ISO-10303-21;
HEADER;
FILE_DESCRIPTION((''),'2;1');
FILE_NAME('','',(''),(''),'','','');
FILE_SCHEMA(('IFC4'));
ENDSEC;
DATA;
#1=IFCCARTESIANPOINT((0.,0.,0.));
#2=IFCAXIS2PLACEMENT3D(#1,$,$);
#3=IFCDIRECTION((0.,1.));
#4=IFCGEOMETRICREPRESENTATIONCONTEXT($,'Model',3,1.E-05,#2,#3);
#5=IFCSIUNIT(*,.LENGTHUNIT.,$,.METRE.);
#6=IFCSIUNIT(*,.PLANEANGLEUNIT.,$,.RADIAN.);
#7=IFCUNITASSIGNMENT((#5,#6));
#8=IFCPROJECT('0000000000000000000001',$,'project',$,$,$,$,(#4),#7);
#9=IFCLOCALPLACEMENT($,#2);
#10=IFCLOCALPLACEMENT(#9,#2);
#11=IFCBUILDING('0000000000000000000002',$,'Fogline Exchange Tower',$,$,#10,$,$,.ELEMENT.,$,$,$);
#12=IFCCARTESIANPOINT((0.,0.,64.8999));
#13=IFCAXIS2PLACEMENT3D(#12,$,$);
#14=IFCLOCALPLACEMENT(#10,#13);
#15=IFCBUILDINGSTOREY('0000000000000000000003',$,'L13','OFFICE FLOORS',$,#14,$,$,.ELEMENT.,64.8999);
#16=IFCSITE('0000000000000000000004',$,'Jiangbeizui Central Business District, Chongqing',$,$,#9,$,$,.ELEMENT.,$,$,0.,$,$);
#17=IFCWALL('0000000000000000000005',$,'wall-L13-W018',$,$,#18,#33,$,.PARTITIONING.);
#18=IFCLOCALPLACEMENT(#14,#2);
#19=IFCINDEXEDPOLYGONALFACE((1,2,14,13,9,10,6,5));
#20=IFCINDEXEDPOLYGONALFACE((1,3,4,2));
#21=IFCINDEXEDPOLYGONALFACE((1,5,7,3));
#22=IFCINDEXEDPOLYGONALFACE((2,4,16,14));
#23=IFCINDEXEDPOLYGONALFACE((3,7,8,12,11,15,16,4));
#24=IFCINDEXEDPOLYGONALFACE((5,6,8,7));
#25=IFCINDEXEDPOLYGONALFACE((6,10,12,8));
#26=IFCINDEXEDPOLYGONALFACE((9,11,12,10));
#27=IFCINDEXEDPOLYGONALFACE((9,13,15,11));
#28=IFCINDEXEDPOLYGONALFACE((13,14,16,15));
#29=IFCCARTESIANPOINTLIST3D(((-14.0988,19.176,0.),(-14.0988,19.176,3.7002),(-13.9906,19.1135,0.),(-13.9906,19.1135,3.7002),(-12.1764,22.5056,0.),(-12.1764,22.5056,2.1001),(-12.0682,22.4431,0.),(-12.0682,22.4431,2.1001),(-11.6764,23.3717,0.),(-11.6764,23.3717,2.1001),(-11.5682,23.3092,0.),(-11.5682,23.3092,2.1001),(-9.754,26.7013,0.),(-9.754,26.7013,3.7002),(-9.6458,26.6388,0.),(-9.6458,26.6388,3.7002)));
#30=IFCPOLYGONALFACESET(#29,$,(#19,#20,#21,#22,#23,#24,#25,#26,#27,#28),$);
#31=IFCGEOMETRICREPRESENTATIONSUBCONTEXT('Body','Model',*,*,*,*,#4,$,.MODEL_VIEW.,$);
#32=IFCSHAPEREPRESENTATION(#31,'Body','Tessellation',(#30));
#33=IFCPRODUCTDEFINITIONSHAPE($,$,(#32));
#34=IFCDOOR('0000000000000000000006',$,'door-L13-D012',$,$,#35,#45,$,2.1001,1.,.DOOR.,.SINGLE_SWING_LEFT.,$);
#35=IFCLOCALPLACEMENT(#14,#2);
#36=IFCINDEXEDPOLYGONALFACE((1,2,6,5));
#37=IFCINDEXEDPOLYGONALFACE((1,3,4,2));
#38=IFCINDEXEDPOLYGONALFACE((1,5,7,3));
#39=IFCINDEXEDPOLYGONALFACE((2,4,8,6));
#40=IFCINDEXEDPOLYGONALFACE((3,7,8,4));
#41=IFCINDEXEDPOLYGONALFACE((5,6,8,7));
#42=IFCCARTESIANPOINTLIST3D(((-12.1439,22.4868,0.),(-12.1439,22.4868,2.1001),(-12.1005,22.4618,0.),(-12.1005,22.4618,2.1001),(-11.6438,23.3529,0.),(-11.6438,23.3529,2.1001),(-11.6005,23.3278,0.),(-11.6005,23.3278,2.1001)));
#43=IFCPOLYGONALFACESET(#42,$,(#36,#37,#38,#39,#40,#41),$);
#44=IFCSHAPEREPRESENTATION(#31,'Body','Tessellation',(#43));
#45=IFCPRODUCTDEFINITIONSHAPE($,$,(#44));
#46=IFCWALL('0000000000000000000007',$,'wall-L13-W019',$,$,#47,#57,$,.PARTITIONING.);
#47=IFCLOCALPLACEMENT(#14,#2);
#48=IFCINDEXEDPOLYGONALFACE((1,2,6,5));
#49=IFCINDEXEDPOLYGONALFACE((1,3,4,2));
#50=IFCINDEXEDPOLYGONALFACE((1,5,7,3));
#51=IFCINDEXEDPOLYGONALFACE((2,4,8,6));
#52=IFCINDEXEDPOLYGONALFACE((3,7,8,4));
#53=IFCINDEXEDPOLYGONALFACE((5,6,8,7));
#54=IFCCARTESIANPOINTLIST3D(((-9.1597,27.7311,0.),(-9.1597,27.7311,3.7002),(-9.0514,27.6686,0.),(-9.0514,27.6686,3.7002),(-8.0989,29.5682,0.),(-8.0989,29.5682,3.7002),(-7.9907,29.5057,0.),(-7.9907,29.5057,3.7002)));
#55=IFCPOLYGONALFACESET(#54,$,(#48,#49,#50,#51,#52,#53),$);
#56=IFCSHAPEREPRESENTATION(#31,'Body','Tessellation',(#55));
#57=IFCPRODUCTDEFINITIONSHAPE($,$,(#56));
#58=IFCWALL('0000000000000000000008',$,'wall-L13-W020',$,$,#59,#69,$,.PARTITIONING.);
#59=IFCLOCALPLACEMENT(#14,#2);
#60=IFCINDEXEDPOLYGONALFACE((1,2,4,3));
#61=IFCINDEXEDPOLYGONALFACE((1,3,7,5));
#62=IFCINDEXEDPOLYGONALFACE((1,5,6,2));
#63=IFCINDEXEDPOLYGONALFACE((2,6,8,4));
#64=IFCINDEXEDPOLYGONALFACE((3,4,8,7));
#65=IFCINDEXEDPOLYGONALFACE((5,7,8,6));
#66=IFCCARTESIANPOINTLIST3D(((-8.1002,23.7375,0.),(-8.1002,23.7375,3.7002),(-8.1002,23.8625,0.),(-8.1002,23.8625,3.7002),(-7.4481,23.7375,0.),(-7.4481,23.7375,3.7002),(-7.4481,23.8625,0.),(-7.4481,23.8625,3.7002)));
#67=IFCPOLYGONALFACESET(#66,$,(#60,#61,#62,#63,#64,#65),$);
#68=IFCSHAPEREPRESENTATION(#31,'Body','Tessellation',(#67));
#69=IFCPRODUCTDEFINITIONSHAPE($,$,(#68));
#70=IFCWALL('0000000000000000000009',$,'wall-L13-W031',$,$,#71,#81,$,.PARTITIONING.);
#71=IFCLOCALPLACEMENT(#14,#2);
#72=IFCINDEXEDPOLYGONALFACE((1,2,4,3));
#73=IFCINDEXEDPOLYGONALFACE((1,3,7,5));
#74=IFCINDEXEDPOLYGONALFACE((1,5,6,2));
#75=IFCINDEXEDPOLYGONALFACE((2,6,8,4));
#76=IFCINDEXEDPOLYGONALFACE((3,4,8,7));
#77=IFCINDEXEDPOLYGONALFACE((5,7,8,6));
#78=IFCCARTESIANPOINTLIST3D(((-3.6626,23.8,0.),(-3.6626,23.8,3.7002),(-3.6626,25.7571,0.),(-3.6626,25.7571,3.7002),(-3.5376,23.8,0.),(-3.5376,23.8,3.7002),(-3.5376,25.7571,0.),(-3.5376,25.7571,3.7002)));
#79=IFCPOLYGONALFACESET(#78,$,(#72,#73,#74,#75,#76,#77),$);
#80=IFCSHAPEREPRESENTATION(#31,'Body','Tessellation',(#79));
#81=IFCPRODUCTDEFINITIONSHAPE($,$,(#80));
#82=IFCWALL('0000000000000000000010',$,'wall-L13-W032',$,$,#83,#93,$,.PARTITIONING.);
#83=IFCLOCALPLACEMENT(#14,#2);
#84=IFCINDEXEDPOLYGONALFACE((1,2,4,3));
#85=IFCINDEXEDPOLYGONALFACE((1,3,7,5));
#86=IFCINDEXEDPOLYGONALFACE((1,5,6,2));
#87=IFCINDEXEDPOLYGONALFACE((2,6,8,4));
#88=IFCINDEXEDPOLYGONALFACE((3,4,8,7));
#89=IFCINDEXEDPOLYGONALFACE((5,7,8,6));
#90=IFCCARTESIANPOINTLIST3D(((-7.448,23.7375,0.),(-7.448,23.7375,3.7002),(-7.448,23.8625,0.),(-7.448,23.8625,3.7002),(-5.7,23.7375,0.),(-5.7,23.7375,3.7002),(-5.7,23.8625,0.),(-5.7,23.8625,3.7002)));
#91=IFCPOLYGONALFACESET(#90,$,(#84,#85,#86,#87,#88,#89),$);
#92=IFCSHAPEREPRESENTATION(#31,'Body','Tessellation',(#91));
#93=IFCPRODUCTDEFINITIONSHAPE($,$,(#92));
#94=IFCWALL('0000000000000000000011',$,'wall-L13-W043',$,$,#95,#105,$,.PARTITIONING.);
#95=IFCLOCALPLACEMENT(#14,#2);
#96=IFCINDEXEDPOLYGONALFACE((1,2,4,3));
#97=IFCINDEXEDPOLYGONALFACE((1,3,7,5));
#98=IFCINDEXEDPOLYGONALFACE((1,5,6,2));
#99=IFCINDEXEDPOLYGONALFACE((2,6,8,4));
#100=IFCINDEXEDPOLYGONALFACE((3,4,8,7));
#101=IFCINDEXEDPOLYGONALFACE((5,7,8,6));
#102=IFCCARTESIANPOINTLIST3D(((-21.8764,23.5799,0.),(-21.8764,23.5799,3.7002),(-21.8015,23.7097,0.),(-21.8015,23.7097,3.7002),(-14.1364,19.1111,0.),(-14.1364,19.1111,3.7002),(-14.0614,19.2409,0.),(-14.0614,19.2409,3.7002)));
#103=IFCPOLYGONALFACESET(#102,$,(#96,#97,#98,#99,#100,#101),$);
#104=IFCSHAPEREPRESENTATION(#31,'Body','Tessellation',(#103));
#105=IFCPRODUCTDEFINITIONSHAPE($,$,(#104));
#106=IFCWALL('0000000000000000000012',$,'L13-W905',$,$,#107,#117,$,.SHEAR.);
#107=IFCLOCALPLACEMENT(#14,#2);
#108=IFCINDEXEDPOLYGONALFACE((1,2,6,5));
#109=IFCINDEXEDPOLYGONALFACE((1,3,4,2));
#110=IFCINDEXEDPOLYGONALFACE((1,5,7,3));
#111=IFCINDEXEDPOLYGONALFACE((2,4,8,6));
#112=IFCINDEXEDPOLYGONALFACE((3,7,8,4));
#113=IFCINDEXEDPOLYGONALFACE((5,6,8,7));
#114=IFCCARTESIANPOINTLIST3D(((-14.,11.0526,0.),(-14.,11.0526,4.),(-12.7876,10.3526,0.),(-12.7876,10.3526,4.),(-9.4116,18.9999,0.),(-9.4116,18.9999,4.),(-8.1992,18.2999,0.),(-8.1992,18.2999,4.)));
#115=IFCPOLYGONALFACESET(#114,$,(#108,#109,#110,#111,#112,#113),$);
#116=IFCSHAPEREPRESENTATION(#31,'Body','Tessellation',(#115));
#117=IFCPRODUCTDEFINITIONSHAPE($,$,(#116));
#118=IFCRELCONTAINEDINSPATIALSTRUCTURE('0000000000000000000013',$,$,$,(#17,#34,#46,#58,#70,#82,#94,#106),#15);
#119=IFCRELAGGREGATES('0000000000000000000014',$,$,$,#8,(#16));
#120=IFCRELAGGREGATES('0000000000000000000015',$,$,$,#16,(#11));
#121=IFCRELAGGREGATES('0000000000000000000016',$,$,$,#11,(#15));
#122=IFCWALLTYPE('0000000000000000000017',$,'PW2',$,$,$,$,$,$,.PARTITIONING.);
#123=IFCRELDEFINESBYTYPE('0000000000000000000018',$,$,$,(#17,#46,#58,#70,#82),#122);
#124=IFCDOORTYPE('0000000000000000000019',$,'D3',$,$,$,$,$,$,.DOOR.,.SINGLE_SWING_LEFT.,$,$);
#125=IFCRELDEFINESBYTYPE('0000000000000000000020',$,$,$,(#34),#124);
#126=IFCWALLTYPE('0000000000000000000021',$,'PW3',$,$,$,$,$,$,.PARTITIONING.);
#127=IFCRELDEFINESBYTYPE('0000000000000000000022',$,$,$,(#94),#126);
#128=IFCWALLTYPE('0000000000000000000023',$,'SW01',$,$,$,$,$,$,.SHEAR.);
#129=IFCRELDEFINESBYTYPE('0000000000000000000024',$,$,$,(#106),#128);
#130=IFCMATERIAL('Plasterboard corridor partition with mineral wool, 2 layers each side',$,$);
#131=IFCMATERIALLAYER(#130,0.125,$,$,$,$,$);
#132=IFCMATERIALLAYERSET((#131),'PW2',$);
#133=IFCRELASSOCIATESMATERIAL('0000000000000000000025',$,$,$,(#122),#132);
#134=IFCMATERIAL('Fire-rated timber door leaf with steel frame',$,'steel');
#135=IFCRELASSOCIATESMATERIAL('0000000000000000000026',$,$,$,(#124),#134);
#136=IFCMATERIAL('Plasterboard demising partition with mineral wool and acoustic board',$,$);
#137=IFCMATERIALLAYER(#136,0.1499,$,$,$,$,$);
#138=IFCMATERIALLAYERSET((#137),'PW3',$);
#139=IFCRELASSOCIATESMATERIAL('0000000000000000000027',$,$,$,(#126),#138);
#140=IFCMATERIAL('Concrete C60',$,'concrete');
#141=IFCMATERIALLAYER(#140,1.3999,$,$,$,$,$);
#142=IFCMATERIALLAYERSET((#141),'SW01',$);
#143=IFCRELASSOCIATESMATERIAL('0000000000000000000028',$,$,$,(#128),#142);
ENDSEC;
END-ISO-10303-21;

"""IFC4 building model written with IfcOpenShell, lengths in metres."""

from ifc_helpers import new_model, si_unit, direction, frame, frame_2d, origin, place, context, subcontext, project, spatial, rectangle, extrude, material, layer, layer_set, type_object, element, fill, save


model = new_model("IFC4")

# Units and contexts
model_context = context("Model", 3, precision=1e-05, world=origin(), true_north=direction((0.0, 1.0)))
body_context = subcontext(model_context, "Body", "Model", "MODEL_VIEW")
ifc_project = project(units=[si_unit("LENGTHUNIT", "METRE"), si_unit("PLANEANGLEUNIT", "RADIAN")], contexts=[model_context])

# Site, building, storey
site_placement = place(None, origin())
site = spatial("IfcSite", under=ifc_project, at=site_placement, Name="Jiangbeizui Central Business District, Chongqing", CompositionType="ELEMENT", RefElevation=0.0)
building_placement = place(site_placement, origin())
building = spatial("IfcBuilding", under=site, at=building_placement, Name="Fogline Exchange Tower", CompositionType="ELEMENT")
storey_placement = place(building_placement, frame((0.0, 0.0, 64.8999)))
storey = spatial("IfcBuildingStorey", under=building, at=storey_placement, Name="L13", Description="OFFICE FLOORS", CompositionType="ELEMENT", Elevation=64.8999)

# Shared definitions
ifc_material_1 = material(Name="Plasterboard corridor partition with mineral wool, 2 layers each side")
ifc_layer_1 = layer(ifc_material_1, 0.125)
ifc_layer_set_1 = layer_set([ifc_layer_1], Name="PW2")
wall_type_1 = type_object("IfcWallType", Name="PW2", PredefinedType="PARTITIONING", material=ifc_layer_set_1)

# Shared definitions
ifc_material_2 = material(Name="Fire-rated timber door leaf with steel frame", Category="steel")
door_type_1 = type_object("IfcDoorType", Name="D3", OperationType="SINGLE_SWING_LEFT", PredefinedType="DOOR", material=ifc_material_2)

# Wall, opening, door
wall_1_placement = place(storey_placement, frame((-14.0447, 19.1448, 0.0), z_axis=(0.0, 0.0, 1.0), x_axis=(0.500007, 0.866021, 0.0)))
wall_1 = element("IfcWall", 1, at=wall_1_placement, inside=storey, type_object=wall_type_1, Name="wall-L13-W018", PredefinedType="PARTITIONING", context=body_context, shape_type="SweptSolid", body=[
    extrude(rectangle(XDim=8.6895, YDim=0.125, at=frame_2d((4.3447, 0.0))), origin(), (0.0, 0.0, 1.0), 3.7002),
])
opening_1_placement = place(wall_1_placement, frame((3.8447, 0.0, 0.0)))
opening_1 = element("IfcOpeningElement", 2, at=opening_1_placement, cuts=wall_1, PredefinedType="OPENING", context=body_context, shape_type="SweptSolid", body=[
    extrude(rectangle(XDim=1.0, YDim=2.1001, at=frame_2d((0.5, 1.05))), frame((0.0, 0.0725, 0.0), z_axis=(0.0, -1.0, 0.0), x_axis=(1.0, 0.0, 0.0)), (0.0, 0.0, 1.0), 0.145),
])
door_1_placement = place(opening_1_placement, origin())
door_1 = element("IfcDoor", 3, at=door_1_placement, inside=storey, type_object=door_type_1, Name="door-L13-D012", OperationType="SINGLE_SWING_LEFT", OverallHeight=2.1001, OverallWidth=1.0, PredefinedType="DOOR", context=body_context, shape_type="SweptSolid", body=[
    extrude(rectangle(XDim=1.0, YDim=2.1001, at=frame_2d((0.5, 1.05))), frame((0.0, 0.0249, 0.0), z_axis=(0.0, -1.0, 0.0), x_axis=(1.0, 0.0, 0.0)), (0.0, 0.0, 1.0), 0.05),
])
fill(opening_1, door_1)

# Walls
wall_2_placement = place(storey_placement, frame((-9.1055, 27.7, 0.0), z_axis=(0.0, 0.0, 1.0), x_axis=(0.500038, 0.866004, 0.0)))
element("IfcWall", 4, at=wall_2_placement, inside=storey, type_object=wall_type_1, Name="wall-L13-W019", PredefinedType="PARTITIONING", context=body_context, shape_type="SweptSolid", body=[
    extrude(rectangle(XDim=2.1213, YDim=0.125, at=frame_2d((1.0605, 0.0))), origin(), (0.0, 0.0, 1.0), 3.7002),
])
wall_3_placement = place(storey_placement, frame((-7.448, 23.8, 0.0), z_axis=(0.0, 0.0, 1.0), x_axis=(-1.0, 0.0, 0.0)))
element("IfcWall", 5, at=wall_3_placement, inside=storey, type_object=wall_type_1, Name="wall-L13-W020", PredefinedType="PARTITIONING", context=body_context, shape_type="SweptSolid", body=[
    extrude(rectangle(XDim=0.6521, YDim=0.125, at=frame_2d((0.3262, 0.0))), origin(), (0.0, 0.0, 1.0), 3.7002),
])
wall_4_placement = place(storey_placement, frame((-3.6001, 25.7571, 0.0), z_axis=(0.0, 0.0, 1.0), x_axis=(0.0, -1.0, 0.0)))
element("IfcWall", 6, at=wall_4_placement, inside=storey, type_object=wall_type_1, Name="wall-L13-W031", PredefinedType="PARTITIONING", context=body_context, shape_type="SweptSolid", body=[
    extrude(rectangle(XDim=1.957, YDim=0.125, at=frame_2d((0.9785, 0.0))), origin(), (0.0, 0.0, 1.0), 3.7002),
])
wall_5_placement = place(storey_placement, frame((-5.7, 23.8, 0.0), z_axis=(0.0, 0.0, 1.0), x_axis=(-1.0, 0.0, 0.0)))
element("IfcWall", 7, at=wall_5_placement, inside=storey, type_object=wall_type_1, Name="wall-L13-W032", PredefinedType="PARTITIONING", context=body_context, shape_type="SweptSolid", body=[
    extrude(rectangle(XDim=1.748, YDim=0.125, at=frame_2d((0.874, 0.0))), origin(), (0.0, 0.0, 1.0), 3.7002),
])
ifc_material_3 = material(Name="Plasterboard demising partition with mineral wool and acoustic board")
ifc_layer_2 = layer(ifc_material_3, 0.1499)
ifc_layer_set_2 = layer_set([ifc_layer_2], Name="PW3")
wall_type_2 = type_object("IfcWallType", Name="PW3", PredefinedType="PARTITIONING", material=ifc_layer_set_2)
wall_6_placement = place(storey_placement, frame((-14.0989, 19.176, 0.0), z_axis=(0.0, 0.0, 1.0), x_axis=(-0.866022, 0.500005, 0.0)))
element("IfcWall", 8, at=wall_6_placement, inside=storey, type_object=wall_type_2, Name="wall-L13-W043", PredefinedType="PARTITIONING", context=body_context, shape_type="SweptSolid", body=[
    extrude(rectangle(XDim=8.9375, YDim=0.1499, at=frame_2d((4.4688, 0.0))), origin(), (0.0, 0.0, 1.0), 3.7002),
])
ifc_material_4 = material(Name="Concrete C60", Category="concrete")
ifc_layer_3 = layer(ifc_material_4, 1.3999)
ifc_layer_set_3 = layer_set([ifc_layer_3], Name="SW01")
wall_type_3 = type_object("IfcWallType", Name="SW01", PredefinedType="SHEAR", material=ifc_layer_set_3)
wall_7_placement = place(storey_placement, frame((-8.8054, 18.6499, 0.0), z_axis=(0.0, 0.0, 1.0), x_axis=(-0.500002, -0.866024, 0.0)))
element("IfcWall", 9, at=wall_7_placement, inside=storey, type_object=wall_type_3, Name="L13-W905", PredefinedType="SHEAR", context=body_context, shape_type="SweptSolid", body=[
    extrude(rectangle(XDim=9.1768, YDim=1.3999, at=frame_2d((4.5884, 0.0))), origin(), (0.0, 0.0, 1.0), 4.0),
])

save(model, "model.ifc")
